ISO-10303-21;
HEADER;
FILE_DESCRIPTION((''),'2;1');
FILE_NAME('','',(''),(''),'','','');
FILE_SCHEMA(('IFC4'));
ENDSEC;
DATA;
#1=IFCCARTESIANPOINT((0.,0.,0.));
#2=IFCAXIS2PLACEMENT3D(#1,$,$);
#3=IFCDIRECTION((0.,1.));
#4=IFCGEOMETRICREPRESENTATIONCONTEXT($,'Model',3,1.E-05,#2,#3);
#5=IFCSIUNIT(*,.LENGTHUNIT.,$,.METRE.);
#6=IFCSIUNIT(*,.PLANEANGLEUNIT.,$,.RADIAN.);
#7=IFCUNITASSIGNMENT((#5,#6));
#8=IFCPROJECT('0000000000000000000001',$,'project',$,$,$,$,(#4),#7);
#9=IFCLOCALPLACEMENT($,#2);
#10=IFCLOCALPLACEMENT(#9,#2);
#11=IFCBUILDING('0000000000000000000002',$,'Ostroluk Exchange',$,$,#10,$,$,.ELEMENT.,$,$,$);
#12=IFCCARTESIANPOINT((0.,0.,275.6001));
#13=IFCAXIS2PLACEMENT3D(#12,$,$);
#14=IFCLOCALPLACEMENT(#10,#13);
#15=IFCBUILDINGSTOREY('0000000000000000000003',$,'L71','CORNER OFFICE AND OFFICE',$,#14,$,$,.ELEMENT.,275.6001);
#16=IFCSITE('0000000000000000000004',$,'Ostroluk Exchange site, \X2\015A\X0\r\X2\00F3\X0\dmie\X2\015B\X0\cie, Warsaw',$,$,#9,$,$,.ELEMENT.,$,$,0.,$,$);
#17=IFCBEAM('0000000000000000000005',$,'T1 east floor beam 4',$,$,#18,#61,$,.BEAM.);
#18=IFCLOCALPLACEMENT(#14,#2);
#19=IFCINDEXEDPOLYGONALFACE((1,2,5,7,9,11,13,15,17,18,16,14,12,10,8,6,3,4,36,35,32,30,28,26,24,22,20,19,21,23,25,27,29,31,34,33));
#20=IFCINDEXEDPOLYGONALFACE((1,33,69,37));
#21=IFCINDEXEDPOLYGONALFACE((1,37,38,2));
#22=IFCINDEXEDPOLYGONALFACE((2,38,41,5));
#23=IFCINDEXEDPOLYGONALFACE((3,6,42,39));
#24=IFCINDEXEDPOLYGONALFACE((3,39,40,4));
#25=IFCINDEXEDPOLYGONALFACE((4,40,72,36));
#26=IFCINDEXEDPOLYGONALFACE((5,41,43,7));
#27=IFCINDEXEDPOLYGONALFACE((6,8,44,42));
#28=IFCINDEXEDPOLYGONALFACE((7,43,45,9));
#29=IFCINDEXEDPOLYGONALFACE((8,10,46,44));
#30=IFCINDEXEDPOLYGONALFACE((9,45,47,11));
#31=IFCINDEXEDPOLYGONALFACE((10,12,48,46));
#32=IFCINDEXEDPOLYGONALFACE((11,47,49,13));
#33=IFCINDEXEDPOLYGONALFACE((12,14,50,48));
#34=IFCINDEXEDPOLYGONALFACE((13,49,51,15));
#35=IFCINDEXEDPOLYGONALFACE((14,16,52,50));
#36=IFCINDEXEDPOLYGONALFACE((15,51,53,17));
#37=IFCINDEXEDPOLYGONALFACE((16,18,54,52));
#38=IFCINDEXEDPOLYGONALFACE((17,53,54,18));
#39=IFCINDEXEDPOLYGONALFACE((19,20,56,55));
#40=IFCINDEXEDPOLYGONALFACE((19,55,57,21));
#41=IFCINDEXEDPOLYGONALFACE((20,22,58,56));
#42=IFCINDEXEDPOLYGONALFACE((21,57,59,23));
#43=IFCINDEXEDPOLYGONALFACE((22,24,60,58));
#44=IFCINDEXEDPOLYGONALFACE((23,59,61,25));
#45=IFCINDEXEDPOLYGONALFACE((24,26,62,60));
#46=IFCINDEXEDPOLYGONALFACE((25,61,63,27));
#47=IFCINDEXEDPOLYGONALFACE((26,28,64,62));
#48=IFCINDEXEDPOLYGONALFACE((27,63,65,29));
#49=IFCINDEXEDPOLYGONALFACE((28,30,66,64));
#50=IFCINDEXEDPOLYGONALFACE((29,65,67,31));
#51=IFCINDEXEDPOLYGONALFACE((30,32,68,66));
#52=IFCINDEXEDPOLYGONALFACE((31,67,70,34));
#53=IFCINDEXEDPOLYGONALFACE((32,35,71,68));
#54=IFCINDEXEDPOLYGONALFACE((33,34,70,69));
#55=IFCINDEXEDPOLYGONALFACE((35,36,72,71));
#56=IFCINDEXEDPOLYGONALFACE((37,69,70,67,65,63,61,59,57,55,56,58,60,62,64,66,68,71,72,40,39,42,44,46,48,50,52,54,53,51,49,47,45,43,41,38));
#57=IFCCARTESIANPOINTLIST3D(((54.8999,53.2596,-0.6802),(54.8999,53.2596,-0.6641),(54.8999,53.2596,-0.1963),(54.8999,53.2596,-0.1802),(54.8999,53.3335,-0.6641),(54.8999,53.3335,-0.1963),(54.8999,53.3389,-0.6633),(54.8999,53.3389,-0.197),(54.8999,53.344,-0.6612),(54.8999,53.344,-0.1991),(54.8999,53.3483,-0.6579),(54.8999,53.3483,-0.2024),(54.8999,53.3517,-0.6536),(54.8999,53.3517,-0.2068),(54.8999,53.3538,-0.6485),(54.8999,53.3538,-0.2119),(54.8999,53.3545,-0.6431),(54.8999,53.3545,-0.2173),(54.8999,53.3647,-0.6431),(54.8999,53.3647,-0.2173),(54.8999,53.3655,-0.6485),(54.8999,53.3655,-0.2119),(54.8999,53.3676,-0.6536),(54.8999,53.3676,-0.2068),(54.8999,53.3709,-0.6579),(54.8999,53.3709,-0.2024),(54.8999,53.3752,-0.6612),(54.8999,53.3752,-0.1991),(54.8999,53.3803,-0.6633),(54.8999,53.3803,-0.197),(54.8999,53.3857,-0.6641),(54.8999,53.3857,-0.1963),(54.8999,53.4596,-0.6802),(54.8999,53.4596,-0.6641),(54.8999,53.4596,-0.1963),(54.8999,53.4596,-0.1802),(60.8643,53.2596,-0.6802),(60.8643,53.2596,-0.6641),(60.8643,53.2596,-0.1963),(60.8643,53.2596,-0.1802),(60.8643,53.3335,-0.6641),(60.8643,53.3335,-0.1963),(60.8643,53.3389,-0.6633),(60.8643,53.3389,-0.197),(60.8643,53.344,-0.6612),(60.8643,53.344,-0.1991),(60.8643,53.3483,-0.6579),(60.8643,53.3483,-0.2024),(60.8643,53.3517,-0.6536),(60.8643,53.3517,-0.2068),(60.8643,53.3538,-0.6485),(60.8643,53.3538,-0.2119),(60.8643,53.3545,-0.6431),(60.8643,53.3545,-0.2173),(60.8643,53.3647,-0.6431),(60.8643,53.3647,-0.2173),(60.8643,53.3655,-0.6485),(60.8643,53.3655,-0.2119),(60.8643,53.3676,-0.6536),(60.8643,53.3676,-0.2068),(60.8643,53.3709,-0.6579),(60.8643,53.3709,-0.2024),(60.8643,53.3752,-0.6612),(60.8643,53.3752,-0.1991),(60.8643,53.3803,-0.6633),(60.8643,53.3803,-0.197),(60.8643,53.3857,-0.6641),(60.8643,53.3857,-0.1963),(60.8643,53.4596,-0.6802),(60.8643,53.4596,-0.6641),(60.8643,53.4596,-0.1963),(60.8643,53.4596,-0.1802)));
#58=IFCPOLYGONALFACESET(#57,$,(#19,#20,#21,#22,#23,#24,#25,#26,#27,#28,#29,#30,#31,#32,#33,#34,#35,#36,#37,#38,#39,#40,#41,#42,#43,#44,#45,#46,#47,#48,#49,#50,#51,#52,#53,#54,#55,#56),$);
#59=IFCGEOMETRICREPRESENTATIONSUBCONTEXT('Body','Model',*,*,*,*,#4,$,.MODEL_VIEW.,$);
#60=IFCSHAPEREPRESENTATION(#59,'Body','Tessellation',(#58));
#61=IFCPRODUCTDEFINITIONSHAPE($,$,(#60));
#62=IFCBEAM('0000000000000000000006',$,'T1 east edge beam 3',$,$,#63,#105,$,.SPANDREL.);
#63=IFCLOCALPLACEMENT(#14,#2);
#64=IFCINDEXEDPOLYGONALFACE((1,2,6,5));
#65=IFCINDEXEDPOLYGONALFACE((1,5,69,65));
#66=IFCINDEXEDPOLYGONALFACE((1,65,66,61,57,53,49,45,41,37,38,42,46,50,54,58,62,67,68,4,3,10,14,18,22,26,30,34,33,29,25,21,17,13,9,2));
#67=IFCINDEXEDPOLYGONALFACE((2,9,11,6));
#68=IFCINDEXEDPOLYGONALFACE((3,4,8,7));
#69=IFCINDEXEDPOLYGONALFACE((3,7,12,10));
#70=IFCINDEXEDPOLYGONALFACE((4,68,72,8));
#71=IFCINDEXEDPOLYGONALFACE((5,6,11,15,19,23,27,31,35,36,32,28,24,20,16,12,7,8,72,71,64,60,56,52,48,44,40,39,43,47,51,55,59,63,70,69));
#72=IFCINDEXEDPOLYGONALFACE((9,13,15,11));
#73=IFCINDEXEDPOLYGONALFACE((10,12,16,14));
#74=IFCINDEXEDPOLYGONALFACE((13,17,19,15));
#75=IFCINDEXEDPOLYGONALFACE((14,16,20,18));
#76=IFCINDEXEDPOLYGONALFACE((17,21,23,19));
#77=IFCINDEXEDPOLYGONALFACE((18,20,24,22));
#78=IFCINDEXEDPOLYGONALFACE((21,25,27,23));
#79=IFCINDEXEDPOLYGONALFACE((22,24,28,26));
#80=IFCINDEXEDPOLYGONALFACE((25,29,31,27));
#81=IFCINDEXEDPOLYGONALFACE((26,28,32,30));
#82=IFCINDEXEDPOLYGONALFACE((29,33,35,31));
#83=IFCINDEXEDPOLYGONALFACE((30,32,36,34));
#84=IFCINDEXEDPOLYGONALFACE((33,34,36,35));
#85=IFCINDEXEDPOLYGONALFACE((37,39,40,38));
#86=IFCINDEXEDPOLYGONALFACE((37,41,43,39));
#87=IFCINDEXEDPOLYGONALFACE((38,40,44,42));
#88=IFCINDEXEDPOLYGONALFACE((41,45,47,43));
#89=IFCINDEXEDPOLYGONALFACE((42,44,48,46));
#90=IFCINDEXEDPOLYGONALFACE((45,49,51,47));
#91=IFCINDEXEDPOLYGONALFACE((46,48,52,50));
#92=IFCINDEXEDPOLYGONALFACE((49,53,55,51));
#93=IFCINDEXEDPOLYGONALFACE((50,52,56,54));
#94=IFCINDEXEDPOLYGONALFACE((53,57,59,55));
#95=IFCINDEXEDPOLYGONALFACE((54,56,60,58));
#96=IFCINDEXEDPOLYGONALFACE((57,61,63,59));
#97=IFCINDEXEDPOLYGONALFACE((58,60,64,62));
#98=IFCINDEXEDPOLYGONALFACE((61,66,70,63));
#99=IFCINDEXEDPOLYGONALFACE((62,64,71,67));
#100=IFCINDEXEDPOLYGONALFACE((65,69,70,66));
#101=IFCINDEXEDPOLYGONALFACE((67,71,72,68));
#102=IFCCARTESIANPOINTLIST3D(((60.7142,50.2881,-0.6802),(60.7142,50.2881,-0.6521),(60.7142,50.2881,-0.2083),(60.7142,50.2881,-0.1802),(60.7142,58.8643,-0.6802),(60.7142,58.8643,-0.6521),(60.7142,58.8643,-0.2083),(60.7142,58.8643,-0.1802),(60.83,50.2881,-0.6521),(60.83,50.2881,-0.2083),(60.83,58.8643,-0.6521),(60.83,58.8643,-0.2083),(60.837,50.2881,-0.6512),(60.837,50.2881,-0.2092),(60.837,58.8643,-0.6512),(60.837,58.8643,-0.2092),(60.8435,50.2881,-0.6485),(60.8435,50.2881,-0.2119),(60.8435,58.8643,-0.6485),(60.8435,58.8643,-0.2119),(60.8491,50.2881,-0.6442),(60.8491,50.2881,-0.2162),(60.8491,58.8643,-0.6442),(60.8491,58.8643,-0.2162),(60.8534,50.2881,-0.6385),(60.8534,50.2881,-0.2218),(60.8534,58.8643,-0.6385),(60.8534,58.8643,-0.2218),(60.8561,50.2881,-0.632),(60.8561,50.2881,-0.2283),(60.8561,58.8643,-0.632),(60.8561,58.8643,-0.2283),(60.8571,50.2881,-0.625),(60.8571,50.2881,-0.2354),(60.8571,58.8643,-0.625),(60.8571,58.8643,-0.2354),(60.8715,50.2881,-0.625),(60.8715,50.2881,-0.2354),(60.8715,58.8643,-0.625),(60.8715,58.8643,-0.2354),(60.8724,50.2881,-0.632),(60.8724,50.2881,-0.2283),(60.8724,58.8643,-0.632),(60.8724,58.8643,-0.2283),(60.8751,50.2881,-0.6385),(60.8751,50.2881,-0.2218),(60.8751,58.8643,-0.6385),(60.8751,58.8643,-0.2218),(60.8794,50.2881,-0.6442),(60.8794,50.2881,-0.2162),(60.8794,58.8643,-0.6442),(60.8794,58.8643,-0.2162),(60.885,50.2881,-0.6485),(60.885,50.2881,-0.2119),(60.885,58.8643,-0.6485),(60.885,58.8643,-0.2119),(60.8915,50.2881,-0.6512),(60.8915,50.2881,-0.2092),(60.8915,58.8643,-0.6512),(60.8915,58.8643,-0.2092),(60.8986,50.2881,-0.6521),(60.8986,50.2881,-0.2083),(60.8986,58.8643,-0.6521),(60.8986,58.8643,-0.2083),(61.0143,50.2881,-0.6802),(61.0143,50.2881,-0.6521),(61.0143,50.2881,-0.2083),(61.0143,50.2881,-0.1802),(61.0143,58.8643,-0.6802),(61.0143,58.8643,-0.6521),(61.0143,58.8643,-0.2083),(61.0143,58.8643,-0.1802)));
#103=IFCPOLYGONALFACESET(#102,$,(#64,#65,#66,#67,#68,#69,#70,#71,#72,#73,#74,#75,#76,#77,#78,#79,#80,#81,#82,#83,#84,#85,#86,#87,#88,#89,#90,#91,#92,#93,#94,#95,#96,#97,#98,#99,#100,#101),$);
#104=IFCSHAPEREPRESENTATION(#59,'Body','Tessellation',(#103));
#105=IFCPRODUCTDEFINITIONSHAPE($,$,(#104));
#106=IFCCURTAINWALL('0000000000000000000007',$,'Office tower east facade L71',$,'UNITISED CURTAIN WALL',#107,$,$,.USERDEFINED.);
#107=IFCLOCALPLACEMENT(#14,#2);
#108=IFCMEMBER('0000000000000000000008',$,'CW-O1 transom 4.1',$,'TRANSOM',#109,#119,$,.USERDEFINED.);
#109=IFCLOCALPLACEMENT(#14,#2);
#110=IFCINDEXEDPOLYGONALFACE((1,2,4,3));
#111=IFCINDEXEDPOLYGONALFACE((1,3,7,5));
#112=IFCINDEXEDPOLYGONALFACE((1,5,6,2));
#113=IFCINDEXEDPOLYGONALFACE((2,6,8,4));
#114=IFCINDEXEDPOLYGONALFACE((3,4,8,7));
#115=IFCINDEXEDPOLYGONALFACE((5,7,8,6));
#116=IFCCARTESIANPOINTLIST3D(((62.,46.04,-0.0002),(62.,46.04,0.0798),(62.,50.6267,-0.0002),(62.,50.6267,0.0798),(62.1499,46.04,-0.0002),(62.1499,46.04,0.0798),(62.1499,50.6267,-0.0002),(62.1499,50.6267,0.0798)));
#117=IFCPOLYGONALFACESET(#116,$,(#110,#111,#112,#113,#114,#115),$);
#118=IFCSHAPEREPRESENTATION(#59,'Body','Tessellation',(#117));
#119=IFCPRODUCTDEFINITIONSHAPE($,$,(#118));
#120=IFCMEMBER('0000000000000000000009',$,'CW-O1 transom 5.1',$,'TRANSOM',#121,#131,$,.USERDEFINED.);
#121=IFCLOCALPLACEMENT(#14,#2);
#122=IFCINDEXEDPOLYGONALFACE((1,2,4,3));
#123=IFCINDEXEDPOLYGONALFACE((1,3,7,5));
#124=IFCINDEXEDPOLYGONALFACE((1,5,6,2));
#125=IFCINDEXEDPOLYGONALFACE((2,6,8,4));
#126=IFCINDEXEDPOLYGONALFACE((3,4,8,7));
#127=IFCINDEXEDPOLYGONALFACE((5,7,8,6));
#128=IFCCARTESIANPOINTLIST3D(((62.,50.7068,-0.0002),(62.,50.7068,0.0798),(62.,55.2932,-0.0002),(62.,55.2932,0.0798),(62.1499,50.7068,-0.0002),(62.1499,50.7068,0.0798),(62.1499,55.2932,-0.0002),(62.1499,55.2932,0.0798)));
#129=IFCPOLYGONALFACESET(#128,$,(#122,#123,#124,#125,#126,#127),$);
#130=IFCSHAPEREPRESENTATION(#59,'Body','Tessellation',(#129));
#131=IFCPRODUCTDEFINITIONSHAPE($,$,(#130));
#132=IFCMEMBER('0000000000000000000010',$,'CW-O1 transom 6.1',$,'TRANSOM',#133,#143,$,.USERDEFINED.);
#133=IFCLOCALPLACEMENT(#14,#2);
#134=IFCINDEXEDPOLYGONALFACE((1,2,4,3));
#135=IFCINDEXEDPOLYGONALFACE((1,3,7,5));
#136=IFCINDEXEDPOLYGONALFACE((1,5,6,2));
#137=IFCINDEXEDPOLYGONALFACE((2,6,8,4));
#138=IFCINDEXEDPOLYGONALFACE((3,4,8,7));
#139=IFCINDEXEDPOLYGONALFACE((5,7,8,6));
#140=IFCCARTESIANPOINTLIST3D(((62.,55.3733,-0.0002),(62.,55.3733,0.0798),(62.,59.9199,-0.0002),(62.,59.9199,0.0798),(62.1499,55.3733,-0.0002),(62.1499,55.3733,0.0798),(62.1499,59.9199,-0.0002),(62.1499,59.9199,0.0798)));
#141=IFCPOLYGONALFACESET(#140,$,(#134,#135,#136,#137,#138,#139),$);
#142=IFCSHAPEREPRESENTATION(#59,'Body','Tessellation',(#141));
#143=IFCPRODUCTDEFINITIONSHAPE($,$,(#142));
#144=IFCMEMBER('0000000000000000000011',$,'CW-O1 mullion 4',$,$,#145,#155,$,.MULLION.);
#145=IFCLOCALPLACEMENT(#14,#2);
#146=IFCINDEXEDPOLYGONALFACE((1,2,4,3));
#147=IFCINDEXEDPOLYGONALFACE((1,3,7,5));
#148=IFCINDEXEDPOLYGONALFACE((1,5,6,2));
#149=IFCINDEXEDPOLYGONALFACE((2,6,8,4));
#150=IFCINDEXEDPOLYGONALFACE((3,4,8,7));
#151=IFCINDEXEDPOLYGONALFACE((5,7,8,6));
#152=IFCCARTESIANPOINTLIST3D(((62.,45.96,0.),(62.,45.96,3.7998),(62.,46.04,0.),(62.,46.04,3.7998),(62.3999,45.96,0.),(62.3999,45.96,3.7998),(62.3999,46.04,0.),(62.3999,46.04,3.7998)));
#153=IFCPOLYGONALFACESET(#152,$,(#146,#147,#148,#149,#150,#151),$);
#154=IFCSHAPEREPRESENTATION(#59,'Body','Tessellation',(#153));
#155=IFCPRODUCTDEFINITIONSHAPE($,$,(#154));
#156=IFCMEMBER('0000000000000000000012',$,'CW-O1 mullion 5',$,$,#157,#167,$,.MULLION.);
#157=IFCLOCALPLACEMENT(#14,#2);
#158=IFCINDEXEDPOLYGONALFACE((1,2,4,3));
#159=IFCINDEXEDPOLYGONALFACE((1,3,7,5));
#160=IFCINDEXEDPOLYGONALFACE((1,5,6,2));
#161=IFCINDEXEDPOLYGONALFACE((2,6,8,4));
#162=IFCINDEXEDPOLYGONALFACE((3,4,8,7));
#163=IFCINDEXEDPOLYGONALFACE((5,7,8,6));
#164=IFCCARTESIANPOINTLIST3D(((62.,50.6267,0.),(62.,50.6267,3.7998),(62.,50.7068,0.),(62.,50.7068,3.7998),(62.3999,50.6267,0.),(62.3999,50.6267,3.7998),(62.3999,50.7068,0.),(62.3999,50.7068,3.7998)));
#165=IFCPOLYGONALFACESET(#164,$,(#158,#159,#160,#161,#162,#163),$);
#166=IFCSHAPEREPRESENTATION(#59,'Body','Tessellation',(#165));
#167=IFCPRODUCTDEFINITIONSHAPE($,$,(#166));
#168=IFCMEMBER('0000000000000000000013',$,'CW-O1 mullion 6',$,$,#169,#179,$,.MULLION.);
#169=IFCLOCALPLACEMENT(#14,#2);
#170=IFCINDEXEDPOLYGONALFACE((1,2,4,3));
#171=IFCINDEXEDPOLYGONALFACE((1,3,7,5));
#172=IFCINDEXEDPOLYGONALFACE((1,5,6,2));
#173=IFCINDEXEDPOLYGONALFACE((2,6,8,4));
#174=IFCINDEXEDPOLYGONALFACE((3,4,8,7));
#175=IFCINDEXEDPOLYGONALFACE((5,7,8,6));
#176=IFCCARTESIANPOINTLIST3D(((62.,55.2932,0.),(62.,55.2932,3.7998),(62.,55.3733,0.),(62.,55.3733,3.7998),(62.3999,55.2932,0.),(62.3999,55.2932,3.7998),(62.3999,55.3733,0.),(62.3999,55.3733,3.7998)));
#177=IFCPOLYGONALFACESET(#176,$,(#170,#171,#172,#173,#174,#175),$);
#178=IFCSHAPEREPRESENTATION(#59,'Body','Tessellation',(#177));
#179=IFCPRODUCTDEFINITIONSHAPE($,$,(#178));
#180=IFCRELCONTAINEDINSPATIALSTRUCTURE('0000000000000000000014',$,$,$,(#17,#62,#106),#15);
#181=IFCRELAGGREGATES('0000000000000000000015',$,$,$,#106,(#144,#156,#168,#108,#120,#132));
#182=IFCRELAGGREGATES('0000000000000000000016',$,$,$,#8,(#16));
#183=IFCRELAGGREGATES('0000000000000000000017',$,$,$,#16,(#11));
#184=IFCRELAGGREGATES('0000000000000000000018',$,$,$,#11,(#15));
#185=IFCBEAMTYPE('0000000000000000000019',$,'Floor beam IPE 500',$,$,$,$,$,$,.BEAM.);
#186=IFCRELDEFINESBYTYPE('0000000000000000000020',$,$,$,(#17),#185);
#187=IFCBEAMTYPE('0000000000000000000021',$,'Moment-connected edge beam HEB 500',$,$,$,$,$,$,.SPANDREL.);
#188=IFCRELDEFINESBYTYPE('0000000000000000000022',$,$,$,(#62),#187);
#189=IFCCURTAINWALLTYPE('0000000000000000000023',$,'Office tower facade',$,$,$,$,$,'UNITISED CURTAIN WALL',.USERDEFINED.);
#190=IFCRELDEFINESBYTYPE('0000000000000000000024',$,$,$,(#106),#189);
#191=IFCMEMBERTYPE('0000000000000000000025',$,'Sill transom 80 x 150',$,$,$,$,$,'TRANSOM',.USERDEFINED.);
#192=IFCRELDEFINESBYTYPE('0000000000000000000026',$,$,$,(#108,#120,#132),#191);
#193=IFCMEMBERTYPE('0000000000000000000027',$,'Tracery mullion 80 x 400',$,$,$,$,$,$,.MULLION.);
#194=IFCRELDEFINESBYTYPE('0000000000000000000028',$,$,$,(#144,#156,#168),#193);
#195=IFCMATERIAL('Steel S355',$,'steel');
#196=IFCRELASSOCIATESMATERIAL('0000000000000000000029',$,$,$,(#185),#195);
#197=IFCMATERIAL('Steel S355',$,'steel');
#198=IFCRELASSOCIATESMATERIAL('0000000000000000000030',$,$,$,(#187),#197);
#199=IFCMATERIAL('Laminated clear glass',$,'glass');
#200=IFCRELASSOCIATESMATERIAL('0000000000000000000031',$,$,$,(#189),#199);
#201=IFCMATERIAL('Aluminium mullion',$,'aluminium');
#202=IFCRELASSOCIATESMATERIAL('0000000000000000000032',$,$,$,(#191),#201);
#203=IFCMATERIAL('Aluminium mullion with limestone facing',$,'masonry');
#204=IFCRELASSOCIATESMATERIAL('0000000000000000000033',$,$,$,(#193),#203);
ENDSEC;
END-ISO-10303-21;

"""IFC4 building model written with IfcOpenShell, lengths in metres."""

from ifc_helpers import new_model, si_unit, direction, frame, origin, origin_2d, place, context, subcontext, project, spatial, rectangle, i_section, extrude, material, material_profile, profile_set, type_object, element, aggregate, save


model = new_model("IFC4")

# Units and contexts
model_context = context("Model", 3, precision=1e-05, world=origin(), true_north=direction((0.0, 1.0)))
body_context = subcontext(model_context, "Body", "Model", "MODEL_VIEW")
ifc_project = project(units=[si_unit("LENGTHUNIT", "METRE"), si_unit("PLANEANGLEUNIT", "RADIAN")], contexts=[model_context])

# Site, building, storey
site_placement = place(None, origin())
site = spatial("IfcSite", under=ifc_project, at=site_placement, Name="Ostroluk Exchange site, Śródmieście, Warsaw", CompositionType="ELEMENT", RefElevation=0.0)
building_placement = place(site_placement, origin())
building = spatial("IfcBuilding", under=site, at=building_placement, Name="Ostroluk Exchange", CompositionType="ELEMENT")
storey_placement = place(building_placement, frame((0.0, 0.0, 275.6001)))
storey = spatial("IfcBuildingStorey", under=building, at=storey_placement, Name="L71", Description="CORNER OFFICE AND OFFICE", CompositionType="ELEMENT", Elevation=275.6001)

# Beams
ifc_material_1 = material(Name="Steel S355", Category="steel")
ifc_material_profile_1 = material_profile(ifc_material_1, i_section(OverallWidth=0.2, OverallDepth=0.5, WebThickness=0.0103, FlangeThickness=0.0161, FilletRadius=0.021, at=origin_2d()), Name="IPE 500")
ifc_profile_set_1 = profile_set([ifc_material_profile_1], Name="Steel S355")
beam_type_1 = type_object("IfcBeamType", Name="Floor beam IPE 500", PredefinedType="BEAM", material=ifc_profile_set_1)
for number, where, z_axis, x_axis, name in (
    (1, (54.8999, 53.3596, -0.4302), (1.0, 0.0, 0.0), (0.0, 1.0, 0.0), "T1 east floor beam 4"),
):
    element("IfcBeam", number, at=place(storey_placement, frame(where, z_axis=z_axis, x_axis=x_axis)), inside=storey, type_object=beam_type_1, Name=name, PredefinedType="BEAM", context=body_context, shape_type="SweptSolid", body=[
        extrude(i_section(OverallWidth=0.2, OverallDepth=0.5, WebThickness=0.0103, FlangeThickness=0.0161, FilletRadius=0.021, at=origin_2d()), origin(), (0.0, 0.0, 1.0), 5.9644),
    ])
ifc_material_2 = material(Name="Steel S355", Category="steel")
ifc_material_profile_2 = material_profile(ifc_material_2, i_section(OverallWidth=0.3, OverallDepth=0.5, WebThickness=0.0144, FlangeThickness=0.0281, FilletRadius=0.0271, at=origin_2d()), Name="HEB 500")
ifc_profile_set_2 = profile_set([ifc_material_profile_2], Name="Steel S355")
beam_type_2 = type_object("IfcBeamType", Name="Moment-connected edge beam HEB 500", PredefinedType="SPANDREL", material=ifc_profile_set_2)
beam_placement = place(storey_placement, frame((60.8643, 50.2881, -0.4302), z_axis=(0.0, 1.0, 0.0), x_axis=(-1.0, 0.0, 0.0)))
element("IfcBeam", 2, at=beam_placement, inside=storey, type_object=beam_type_2, Name="T1 east edge beam 3", PredefinedType="SPANDREL", context=body_context, shape_type="SweptSolid", body=[
    extrude(i_section(OverallWidth=0.3, OverallDepth=0.5, WebThickness=0.0144, FlangeThickness=0.0281, FilletRadius=0.0271, at=origin_2d()), origin(), (0.0, 0.0, 1.0), 8.5762),
])

# Curtain wall, members
ifc_material_3 = material(Name="Laminated clear glass", Category="glass")
curtain_wall_type = type_object("IfcCurtainWallType", Name="Office tower facade", ElementType="UNITISED CURTAIN WALL", PredefinedType="USERDEFINED", material=ifc_material_3)
curtain_wall_placement = place(storey_placement, origin())
curtain_wall = element("IfcCurtainWall", 3, at=curtain_wall_placement, inside=storey, type_object=curtain_wall_type, Name="Office tower east facade L71", ObjectType="UNITISED CURTAIN WALL", PredefinedType="USERDEFINED")
ifc_material_4 = material(Name="Aluminium mullion", Category="aluminium")
ifc_material_profile_3 = material_profile(ifc_material_4, rectangle(XDim=0.1499, YDim=0.0801, at=origin_2d()), Name="Sill transom 80 x 150")
ifc_profile_set_3 = profile_set([ifc_material_profile_3], Name="Aluminium mullion")
member_type_1 = type_object("IfcMemberType", Name="Sill transom 80 x 150", ElementType="TRANSOM", PredefinedType="USERDEFINED", material=ifc_profile_set_3)
member_1_placement = place(storey_placement, frame((62.075, 46.04, 0.0398), z_axis=(0.0, 1.0, 0.0), x_axis=(-1.0, 0.0, 0.0)))
member_1 = element("IfcMember", 4, at=member_1_placement, type_object=member_type_1, Name="CW-O1 transom 4.1", ObjectType="TRANSOM", PredefinedType="USERDEFINED", context=body_context, shape_type="SweptSolid", body=[
    extrude(rectangle(XDim=0.1499, YDim=0.0801, at=origin_2d()), origin(), (0.0, 0.0, 1.0), 4.5867),
])
member_2_placement = place(storey_placement, frame((62.075, 50.7068, 0.0398), z_axis=(0.0, 1.0, 0.0), x_axis=(-1.0, 0.0, 0.0)))
member_2 = element("IfcMember", 5, at=member_2_placement, type_object=member_type_1, Name="CW-O1 transom 5.1", ObjectType="TRANSOM", PredefinedType="USERDEFINED", context=body_context, shape_type="SweptSolid", body=[
    extrude(rectangle(XDim=0.1499, YDim=0.0801, at=origin_2d()), origin(), (0.0, 0.0, 1.0), 4.5864),
])
member_3_placement = place(storey_placement, frame((62.075, 55.3733, 0.0398), z_axis=(0.0, 1.0, 0.0), x_axis=(-1.0, 0.0, 0.0)))
member_3 = element("IfcMember", 6, at=member_3_placement, type_object=member_type_1, Name="CW-O1 transom 6.1", ObjectType="TRANSOM", PredefinedType="USERDEFINED", context=body_context, shape_type="SweptSolid", body=[
    extrude(rectangle(XDim=0.1499, YDim=0.0801, at=origin_2d()), origin(), (0.0, 0.0, 1.0), 4.5466),
])
ifc_material_5 = material(Name="Aluminium mullion with limestone facing", Category="masonry")
ifc_material_profile_4 = material_profile(ifc_material_5, rectangle(XDim=0.3999, YDim=0.0801, at=origin_2d()), Name="Tracery mullion 80 x 400")
ifc_profile_set_4 = profile_set([ifc_material_profile_4], Name="Aluminium mullion with limestone facing")
member_type_2 = type_object("IfcMemberType", Name="Tracery mullion 80 x 400", PredefinedType="MULLION", material=ifc_profile_set_4)
member_4_placement = place(storey_placement, frame((62.2, 46.0, 0.0), z_axis=(0.0, 0.0, 1.0), x_axis=(-1.0, 0.0, 0.0)))
member_4 = element("IfcMember", 7, at=member_4_placement, type_object=member_type_2, Name="CW-O1 mullion 4", PredefinedType="MULLION", context=body_context, shape_type="SweptSolid", body=[
    extrude(rectangle(XDim=0.3999, YDim=0.0801, at=origin_2d()), origin(), (0.0, 0.0, 1.0), 3.7998),
])
member_5_placement = place(storey_placement, frame((62.2, 50.6667, 0.0), z_axis=(0.0, 0.0, 1.0), x_axis=(-1.0, 0.0, 0.0)))
member_5 = element("IfcMember", 8, at=member_5_placement, type_object=member_type_2, Name="CW-O1 mullion 5", PredefinedType="MULLION", context=body_context, shape_type="SweptSolid", body=[
    extrude(rectangle(XDim=0.3999, YDim=0.0801, at=origin_2d()), origin(), (0.0, 0.0, 1.0), 3.7998),
])
member_6_placement = place(storey_placement, frame((62.2, 55.3333, 0.0), z_axis=(0.0, 0.0, 1.0), x_axis=(-1.0, 0.0, 0.0)))
member_6 = element("IfcMember", 9, at=member_6_placement, type_object=member_type_2, Name="CW-O1 mullion 6", PredefinedType="MULLION", context=body_context, shape_type="SweptSolid", body=[
    extrude(rectangle(XDim=0.3999, YDim=0.0801, at=origin_2d()), origin(), (0.0, 0.0, 1.0), 3.7998),
])
aggregate(curtain_wall, [member_4, member_5, member_6, member_1, member_2, member_3])

save(model, "model.ifc")
